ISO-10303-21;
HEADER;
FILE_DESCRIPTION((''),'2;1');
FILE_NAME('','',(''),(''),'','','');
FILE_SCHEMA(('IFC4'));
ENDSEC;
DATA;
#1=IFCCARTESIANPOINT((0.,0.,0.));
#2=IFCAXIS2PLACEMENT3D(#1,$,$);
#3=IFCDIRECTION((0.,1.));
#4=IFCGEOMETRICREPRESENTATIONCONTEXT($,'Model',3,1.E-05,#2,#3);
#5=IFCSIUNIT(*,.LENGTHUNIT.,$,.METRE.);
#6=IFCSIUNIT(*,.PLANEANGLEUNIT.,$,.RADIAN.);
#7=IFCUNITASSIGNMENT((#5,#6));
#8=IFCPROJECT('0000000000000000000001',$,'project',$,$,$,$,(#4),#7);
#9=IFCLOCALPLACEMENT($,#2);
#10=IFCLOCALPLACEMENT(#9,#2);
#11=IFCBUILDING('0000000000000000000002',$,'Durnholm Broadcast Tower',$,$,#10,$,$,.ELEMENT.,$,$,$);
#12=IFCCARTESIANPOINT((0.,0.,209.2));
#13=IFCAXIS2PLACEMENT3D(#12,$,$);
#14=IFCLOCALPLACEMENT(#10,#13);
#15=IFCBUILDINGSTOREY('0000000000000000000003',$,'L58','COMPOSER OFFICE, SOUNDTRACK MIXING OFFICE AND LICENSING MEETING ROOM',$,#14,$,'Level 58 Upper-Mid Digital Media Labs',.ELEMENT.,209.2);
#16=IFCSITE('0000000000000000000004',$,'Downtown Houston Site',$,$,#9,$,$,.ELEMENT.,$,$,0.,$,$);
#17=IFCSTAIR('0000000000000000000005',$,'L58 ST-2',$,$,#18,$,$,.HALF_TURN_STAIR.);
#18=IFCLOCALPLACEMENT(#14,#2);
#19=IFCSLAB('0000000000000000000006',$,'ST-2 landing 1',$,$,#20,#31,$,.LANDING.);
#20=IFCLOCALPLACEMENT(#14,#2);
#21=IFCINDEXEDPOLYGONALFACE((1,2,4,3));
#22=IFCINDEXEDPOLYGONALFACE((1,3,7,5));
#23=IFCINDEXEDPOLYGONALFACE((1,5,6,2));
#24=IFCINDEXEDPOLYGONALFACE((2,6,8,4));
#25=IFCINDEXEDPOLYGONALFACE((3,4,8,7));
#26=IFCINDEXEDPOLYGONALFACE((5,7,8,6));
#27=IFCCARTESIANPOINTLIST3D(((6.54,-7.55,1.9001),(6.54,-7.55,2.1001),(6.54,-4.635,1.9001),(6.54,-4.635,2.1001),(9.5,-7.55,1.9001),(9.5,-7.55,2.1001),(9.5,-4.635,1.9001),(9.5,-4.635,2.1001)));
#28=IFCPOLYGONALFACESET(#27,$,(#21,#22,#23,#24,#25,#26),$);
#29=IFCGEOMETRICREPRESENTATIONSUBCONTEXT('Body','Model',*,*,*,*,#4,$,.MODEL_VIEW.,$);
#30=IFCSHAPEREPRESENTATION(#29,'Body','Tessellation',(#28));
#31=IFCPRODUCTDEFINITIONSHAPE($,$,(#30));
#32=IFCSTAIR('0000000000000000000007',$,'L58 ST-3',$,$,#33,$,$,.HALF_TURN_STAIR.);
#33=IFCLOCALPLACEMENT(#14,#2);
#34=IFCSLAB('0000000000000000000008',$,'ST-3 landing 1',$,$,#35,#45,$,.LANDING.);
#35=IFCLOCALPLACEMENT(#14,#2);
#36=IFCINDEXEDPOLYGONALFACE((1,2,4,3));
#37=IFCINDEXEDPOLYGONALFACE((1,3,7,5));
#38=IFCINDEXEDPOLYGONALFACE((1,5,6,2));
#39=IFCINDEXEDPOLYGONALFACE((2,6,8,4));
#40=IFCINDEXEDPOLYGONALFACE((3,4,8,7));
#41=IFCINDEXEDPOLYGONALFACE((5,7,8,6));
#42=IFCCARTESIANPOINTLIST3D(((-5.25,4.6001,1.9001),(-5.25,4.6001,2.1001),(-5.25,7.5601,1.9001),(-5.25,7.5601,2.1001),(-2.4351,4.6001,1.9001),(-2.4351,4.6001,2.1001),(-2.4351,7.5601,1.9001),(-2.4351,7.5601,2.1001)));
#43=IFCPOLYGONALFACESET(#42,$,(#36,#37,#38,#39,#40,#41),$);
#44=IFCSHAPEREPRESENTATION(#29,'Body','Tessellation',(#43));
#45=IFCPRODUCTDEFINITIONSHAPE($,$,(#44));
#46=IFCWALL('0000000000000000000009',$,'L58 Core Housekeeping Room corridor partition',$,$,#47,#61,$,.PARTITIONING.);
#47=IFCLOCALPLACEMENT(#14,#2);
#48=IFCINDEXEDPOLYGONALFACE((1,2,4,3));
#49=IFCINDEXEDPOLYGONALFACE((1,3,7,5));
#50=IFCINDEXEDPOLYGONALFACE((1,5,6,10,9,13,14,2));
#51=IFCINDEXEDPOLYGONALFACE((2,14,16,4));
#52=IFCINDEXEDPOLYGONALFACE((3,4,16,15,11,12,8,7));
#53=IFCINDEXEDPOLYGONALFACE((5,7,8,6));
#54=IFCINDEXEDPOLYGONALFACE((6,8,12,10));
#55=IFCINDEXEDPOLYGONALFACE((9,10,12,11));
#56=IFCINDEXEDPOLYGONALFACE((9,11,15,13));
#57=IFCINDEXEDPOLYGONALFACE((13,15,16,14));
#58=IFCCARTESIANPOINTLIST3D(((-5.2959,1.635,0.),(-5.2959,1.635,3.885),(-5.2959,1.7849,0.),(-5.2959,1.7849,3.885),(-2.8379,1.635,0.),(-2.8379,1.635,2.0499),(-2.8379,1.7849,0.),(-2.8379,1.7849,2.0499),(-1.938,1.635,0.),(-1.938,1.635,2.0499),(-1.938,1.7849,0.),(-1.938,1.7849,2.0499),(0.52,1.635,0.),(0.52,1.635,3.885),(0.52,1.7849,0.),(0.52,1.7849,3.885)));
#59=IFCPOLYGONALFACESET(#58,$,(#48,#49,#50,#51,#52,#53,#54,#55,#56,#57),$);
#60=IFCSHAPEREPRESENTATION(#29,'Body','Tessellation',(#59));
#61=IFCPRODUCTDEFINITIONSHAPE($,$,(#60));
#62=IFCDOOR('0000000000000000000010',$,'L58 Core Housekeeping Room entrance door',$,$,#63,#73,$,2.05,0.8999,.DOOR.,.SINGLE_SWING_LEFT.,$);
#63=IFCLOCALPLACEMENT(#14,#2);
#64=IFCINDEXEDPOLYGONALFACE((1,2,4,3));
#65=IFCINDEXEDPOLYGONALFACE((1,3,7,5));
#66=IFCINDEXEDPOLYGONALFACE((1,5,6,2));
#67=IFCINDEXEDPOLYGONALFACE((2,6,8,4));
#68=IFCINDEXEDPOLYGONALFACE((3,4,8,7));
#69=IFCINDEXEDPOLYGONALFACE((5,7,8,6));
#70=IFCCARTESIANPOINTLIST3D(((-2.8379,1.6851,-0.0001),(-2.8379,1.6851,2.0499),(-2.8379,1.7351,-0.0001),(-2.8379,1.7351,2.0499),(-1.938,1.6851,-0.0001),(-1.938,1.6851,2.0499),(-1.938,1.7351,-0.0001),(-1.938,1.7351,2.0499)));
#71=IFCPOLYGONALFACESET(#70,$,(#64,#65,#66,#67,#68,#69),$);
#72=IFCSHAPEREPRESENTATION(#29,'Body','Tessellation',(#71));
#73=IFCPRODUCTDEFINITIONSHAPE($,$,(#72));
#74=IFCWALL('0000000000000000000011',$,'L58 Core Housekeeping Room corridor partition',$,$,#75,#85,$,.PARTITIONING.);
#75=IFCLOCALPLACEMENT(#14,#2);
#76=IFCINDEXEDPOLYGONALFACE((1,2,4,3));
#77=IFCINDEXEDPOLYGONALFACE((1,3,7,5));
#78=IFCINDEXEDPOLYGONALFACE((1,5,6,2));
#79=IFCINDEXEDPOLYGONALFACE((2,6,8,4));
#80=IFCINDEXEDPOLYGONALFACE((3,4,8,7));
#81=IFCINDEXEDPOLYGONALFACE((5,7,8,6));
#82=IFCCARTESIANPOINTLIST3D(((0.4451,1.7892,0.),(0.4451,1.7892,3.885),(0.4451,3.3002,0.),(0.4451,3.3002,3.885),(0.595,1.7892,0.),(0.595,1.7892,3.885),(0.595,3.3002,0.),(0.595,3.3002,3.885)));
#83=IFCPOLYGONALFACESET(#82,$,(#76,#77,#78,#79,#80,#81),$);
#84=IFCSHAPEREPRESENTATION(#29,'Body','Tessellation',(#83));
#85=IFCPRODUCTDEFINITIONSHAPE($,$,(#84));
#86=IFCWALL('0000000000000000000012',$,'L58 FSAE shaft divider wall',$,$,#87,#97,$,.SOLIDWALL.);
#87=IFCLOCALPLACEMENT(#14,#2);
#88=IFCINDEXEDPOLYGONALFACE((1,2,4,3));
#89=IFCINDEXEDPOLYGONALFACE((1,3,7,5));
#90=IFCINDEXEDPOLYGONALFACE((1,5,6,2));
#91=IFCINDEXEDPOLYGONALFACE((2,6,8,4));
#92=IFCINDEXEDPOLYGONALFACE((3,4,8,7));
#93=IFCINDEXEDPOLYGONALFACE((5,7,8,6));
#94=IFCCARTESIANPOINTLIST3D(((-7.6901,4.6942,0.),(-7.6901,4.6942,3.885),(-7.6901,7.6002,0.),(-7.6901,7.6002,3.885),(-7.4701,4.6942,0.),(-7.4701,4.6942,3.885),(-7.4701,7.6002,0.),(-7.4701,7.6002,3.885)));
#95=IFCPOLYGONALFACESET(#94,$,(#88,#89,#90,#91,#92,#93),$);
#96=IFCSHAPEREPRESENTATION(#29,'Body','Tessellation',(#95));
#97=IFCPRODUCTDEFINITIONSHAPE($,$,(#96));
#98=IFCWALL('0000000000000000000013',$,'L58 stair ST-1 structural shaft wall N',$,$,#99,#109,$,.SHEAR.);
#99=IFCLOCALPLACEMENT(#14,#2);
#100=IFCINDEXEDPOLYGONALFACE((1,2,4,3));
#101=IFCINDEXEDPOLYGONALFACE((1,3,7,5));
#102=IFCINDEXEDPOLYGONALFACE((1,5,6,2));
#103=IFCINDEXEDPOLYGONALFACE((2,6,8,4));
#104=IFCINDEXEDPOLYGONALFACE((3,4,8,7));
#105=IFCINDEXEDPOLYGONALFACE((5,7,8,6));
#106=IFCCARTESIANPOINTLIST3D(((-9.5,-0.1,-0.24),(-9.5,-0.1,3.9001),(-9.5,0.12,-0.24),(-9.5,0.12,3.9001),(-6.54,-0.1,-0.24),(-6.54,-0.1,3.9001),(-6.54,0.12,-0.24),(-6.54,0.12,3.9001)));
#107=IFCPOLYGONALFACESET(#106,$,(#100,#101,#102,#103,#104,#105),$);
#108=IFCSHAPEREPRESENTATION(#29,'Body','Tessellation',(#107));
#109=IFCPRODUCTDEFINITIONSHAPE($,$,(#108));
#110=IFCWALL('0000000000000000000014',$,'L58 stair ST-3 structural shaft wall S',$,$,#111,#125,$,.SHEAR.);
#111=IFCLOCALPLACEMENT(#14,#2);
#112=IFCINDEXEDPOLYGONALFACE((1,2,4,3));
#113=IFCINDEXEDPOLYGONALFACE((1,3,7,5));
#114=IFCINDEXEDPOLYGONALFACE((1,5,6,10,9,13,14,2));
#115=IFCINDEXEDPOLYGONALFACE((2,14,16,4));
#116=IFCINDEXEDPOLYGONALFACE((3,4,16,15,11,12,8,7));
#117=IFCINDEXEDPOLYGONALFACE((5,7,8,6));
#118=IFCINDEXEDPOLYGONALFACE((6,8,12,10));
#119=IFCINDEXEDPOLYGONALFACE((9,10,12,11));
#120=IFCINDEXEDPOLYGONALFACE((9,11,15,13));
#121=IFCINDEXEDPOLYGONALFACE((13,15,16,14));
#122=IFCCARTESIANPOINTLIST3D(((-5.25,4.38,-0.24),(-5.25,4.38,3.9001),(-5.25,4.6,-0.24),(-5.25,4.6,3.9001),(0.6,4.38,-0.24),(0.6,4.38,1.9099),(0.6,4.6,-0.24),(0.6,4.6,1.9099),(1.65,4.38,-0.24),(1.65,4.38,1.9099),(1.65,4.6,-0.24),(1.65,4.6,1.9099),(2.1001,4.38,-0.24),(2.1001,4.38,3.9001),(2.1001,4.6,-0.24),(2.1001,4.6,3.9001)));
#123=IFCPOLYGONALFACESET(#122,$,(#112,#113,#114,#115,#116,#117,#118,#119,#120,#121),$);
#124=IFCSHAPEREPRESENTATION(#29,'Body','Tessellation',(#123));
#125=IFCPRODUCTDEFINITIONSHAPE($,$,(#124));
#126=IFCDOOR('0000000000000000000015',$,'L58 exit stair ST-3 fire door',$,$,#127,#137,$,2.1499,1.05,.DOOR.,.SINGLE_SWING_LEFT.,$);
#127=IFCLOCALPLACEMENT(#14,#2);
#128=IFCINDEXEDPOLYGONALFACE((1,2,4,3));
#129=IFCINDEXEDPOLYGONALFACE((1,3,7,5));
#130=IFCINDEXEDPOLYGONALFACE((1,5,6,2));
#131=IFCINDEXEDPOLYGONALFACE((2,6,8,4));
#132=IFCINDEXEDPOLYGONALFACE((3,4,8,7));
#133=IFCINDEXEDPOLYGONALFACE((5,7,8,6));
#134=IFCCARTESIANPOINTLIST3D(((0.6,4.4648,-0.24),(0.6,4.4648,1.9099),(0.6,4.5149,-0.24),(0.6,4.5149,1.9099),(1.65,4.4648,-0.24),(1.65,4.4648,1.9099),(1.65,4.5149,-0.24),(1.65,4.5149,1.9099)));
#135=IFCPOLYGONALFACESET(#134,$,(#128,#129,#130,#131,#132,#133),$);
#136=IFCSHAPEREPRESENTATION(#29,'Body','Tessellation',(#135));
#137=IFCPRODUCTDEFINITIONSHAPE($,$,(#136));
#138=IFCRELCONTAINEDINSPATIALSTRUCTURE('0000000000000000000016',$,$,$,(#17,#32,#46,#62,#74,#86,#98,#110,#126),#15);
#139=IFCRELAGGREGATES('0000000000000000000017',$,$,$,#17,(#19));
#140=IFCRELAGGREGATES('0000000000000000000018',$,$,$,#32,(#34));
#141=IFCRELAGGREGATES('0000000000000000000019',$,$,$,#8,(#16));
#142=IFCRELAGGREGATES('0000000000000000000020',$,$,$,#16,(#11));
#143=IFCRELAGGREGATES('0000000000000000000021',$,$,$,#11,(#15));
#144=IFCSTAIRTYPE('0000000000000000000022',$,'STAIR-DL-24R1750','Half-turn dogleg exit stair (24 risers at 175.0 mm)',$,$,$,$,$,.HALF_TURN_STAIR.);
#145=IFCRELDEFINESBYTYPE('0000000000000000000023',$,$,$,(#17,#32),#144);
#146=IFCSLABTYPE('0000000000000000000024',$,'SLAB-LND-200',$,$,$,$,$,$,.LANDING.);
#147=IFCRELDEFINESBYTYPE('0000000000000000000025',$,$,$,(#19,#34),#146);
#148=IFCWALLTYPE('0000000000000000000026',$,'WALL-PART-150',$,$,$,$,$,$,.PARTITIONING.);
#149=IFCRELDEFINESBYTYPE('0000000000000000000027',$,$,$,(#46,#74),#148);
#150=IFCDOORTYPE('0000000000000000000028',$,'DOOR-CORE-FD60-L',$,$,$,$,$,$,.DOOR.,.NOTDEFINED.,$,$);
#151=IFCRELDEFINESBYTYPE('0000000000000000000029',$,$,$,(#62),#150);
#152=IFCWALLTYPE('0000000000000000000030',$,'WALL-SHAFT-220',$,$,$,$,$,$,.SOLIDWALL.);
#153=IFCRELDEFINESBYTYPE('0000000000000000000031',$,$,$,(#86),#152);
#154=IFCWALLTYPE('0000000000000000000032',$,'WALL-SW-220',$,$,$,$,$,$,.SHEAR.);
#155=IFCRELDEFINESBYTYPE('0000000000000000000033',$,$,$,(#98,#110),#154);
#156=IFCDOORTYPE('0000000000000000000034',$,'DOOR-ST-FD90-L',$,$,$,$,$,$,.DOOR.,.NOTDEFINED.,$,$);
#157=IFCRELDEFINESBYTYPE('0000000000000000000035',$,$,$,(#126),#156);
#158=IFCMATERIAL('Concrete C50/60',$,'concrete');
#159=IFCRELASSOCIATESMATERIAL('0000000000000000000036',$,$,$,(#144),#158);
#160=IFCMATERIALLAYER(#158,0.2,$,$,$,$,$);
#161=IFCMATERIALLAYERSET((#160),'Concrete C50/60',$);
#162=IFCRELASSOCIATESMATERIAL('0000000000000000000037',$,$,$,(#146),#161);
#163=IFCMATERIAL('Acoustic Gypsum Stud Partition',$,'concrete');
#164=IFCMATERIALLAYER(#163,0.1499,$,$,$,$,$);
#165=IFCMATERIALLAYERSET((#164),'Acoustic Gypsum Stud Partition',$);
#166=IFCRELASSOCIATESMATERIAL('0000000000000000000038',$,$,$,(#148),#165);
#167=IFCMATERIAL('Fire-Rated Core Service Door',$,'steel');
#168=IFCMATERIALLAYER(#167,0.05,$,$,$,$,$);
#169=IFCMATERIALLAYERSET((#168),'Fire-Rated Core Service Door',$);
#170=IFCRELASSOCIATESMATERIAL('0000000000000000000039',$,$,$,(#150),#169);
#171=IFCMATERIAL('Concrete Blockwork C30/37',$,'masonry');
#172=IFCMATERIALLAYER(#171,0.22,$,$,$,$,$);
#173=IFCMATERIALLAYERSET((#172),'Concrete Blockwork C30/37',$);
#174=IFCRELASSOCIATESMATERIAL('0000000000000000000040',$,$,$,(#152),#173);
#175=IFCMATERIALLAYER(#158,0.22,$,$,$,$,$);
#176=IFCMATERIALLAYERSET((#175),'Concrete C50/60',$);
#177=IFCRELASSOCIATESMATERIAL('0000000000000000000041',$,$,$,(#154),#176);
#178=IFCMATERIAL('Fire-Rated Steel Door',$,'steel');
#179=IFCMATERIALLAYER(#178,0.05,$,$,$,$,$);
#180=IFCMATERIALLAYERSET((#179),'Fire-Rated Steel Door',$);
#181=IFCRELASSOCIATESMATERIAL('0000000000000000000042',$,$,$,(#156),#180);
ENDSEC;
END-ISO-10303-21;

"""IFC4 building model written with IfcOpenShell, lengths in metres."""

from ifc_helpers import new_model, si_unit, direction, frame, frame_2d, origin, place, context, subcontext, project, spatial, polyline, rectangle, outline, extrude, source, transform, mapped, material, layer, layer_set, type_object, type_shapes, element, fill, aggregate, save


model = new_model("IFC4")

# Units and contexts
model_context = context("Model", 3, precision=1e-05, world=origin(), true_north=direction((0.0, 1.0)))
body_context = subcontext(model_context, "Body", "Model", "MODEL_VIEW")
ifc_project = project(units=[si_unit("LENGTHUNIT", "METRE"), si_unit("PLANEANGLEUNIT", "RADIAN")], contexts=[model_context])

# Site, building, storey
site_placement = place(None, origin())
site = spatial("IfcSite", under=ifc_project, at=site_placement, Name="Downtown Houston Site", CompositionType="ELEMENT", RefElevation=0.0)
building_placement = place(site_placement, origin())
building = spatial("IfcBuilding", under=site, at=building_placement, Name="Durnholm Broadcast Tower", CompositionType="ELEMENT")
storey_placement = place(building_placement, frame((0.0, 0.0, 209.2)))
storey = spatial("IfcBuildingStorey", under=building, at=storey_placement, Name="L58", Description="COMPOSER OFFICE, SOUNDTRACK MIXING OFFICE AND LICENSING MEETING ROOM", LongName="Level 58 Upper-Mid Digital Media Labs", CompositionType="ELEMENT", Elevation=209.2)

# Stairs, slabs
ifc_material_1 = material(Name="Concrete C50/60", Category="concrete")
stair_type = type_object("IfcStairType", Name="STAIR-DL-24R1750", Description="Half-turn dogleg exit stair (24 risers at 175.0 mm)", PredefinedType="HALF_TURN_STAIR", material=ifc_material_1)
stair_1_placement = place(storey_placement, origin())
stair_1 = element("IfcStair", 1, at=stair_1_placement, inside=storey, type_object=stair_type, Name="L58 ST-2", PredefinedType="HALF_TURN_STAIR")
ifc_layer_1 = layer(ifc_material_1, 0.2)
ifc_layer_set_1 = layer_set([ifc_layer_1], Name="Concrete C50/60")
slab_type = type_object("IfcSlabType", Name="SLAB-LND-200", PredefinedType="LANDING", material=ifc_layer_set_1)
slab_1_placement = place(storey_placement, frame((0.0, 0.0, 1.9001)))
slab_1 = element("IfcSlab", 2, at=slab_1_placement, type_object=slab_type, Name="ST-2 landing 1", PredefinedType="LANDING", context=body_context, shape_type="SweptSolid", body=[
    extrude(outline(polyline([(6.54, -4.635), (6.54, -7.55), (9.5, -7.55), (9.5, -4.635), (6.54, -4.635)])), origin(), (0.0, 0.0, 1.0), 0.2),
])
aggregate(stair_1, [slab_1])
stair_2_placement = place(storey_placement, origin())
stair_2 = element("IfcStair", 3, at=stair_2_placement, inside=storey, type_object=stair_type, Name="L58 ST-3", PredefinedType="HALF_TURN_STAIR")
slab_2_placement = place(storey_placement, frame((0.0, 0.0, 1.9001)))
slab_2 = element("IfcSlab", 4, at=slab_2_placement, type_object=slab_type, Name="ST-3 landing 1", PredefinedType="LANDING", context=body_context, shape_type="SweptSolid", body=[
    extrude(outline(polyline([(-2.4351, 7.5601), (-5.25, 7.5601), (-5.25, 4.6001), (-2.4351, 4.6001), (-2.4351, 7.5601)])), origin(), (0.0, 0.0, 1.0), 0.2),
])

# Wall, opening, door
ifc_material_2 = material(Name="Acoustic Gypsum Stud Partition", Category="concrete")
ifc_layer_2 = layer(ifc_material_2, 0.1499)
ifc_layer_set_2 = layer_set([ifc_layer_2], Name="Acoustic Gypsum Stud Partition")
wall_type_1 = type_object("IfcWallType", Name="WALL-PART-150", PredefinedType="PARTITIONING", material=ifc_layer_set_2)
wall_1_placement = place(storey_placement, frame((0.52, 1.71, 0.0), z_axis=(0.0, 0.0, 1.0), x_axis=(-1.0, 0.0, 0.0)))
wall_1 = element("IfcWall", 5, at=wall_1_placement, inside=storey, type_object=wall_type_1, Name="L58 Core Housekeeping Room corridor partition", PredefinedType="PARTITIONING", context=body_context, shape_type="SweptSolid", body=[
    extrude(rectangle(XDim=5.8159, YDim=0.1499, at=frame_2d((2.908, 0.0))), origin(), (0.0, 0.0, 1.0), 3.885),
])
opening_1_placement = place(wall_1_placement, frame((2.458, 0.0, 0.0)))
opening_1 = element("IfcOpeningElement", 6, at=opening_1_placement, cuts=wall_1, PredefinedType="OPENING", context=body_context, shape_type="SweptSolid", body=[
    extrude(rectangle(XDim=0.8999, YDim=2.05, at=frame_2d((0.45, 1.0249))), frame((0.0, 0.085, 0.0), z_axis=(0.0, -1.0, 0.0), x_axis=(1.0, 0.0, 0.0)), (0.0, 0.0, 1.0), 0.1699),
])
ifc_material_3 = material(Name="Fire-Rated Core Service Door", Category="steel")
ifc_layer_3 = layer(ifc_material_3, 0.05)
ifc_layer_set_3 = layer_set([ifc_layer_3], Name="Fire-Rated Core Service Door")
door_type_1 = type_object("IfcDoorType", Name="DOOR-CORE-FD60-L", OperationType="NOTDEFINED", PredefinedType="DOOR", material=ifc_layer_set_3)
shared_shape_1 = source(origin(), body_context, "Body", "SweptSolid", [
    extrude(rectangle(XDim=0.8999, YDim=2.05, at=frame_2d((0.45, 1.0249))), frame((0.0, 0.0249, 0.0), z_axis=(0.0, -1.0, 0.0), x_axis=(1.0, 0.0, 0.0)), (0.0, 0.0, 1.0), 0.05),
])
type_shapes(door_type_1, [shared_shape_1])
door_1_placement = place(opening_1_placement, origin())
door_1 = element("IfcDoor", 7, at=door_1_placement, inside=storey, type_object=door_type_1, Name="L58 Core Housekeeping Room entrance door", OperationType="SINGLE_SWING_LEFT", OverallHeight=2.05, OverallWidth=0.8999, PredefinedType="DOOR", context=body_context, shape_type="MappedRepresentation", body=[
    mapped(shared_shape_1, transform((0.0, 0.0, 0.0), x_axis=(1.0, 0.0, 0.0), y_axis=(0.0, 1.0, 0.0), z_axis=(0.0, 0.0, 1.0), scale=1.0)),
])
fill(opening_1, door_1)

# Walls
wall_2_placement = place(storey_placement, frame((0.52, 3.3, 0.0), z_axis=(0.0, 0.0, 1.0), x_axis=(0.0, -1.0, 0.0)))
element("IfcWall", 8, at=wall_2_placement, inside=storey, type_object=wall_type_1, Name="L58 Core Housekeeping Room corridor partition", PredefinedType="PARTITIONING", context=body_context, shape_type="SweptSolid", body=[
    extrude(rectangle(XDim=1.511, YDim=0.1499, at=frame_2d((0.7554, 0.0))), origin(), (0.0, 0.0, 1.0), 3.885),
])
ifc_material_4 = material(Name="Concrete Blockwork C30/37", Category="masonry")
ifc_layer_4 = layer(ifc_material_4, 0.22)
ifc_layer_set_4 = layer_set([ifc_layer_4], Name="Concrete Blockwork C30/37")
wall_type_2 = type_object("IfcWallType", Name="WALL-SHAFT-220", PredefinedType="SOLIDWALL", material=ifc_layer_set_4)
wall_3_placement = place(storey_placement, frame((-7.5801, 4.6941, 0.0), z_axis=(0.0, 0.0, 1.0), x_axis=(0.0, 1.0, 0.0)))
element("IfcWall", 9, at=wall_3_placement, inside=storey, type_object=wall_type_2, Name="L58 FSAE shaft divider wall", PredefinedType="SOLIDWALL", context=body_context, shape_type="SweptSolid", body=[
    extrude(rectangle(XDim=2.906, YDim=0.22, at=frame_2d((1.4531, 0.0))), origin(), (0.0, 0.0, 1.0), 3.885),
])
ifc_layer_5 = layer(ifc_material_1, 0.22)
ifc_layer_set_5 = layer_set([ifc_layer_5], Name="Concrete C50/60")
wall_type_3 = type_object("IfcWallType", Name="WALL-SW-220", PredefinedType="SHEAR", material=ifc_layer_set_5)
wall_4_placement = place(storey_placement, frame((-6.54, 0.01, -0.24), z_axis=(0.0, 0.0, 1.0), x_axis=(-1.0, 0.0, 0.0)))
element("IfcWall", 10, at=wall_4_placement, inside=storey, type_object=wall_type_3, Name="L58 stair ST-1 structural shaft wall N", PredefinedType="SHEAR", context=body_context, shape_type="SweptSolid", body=[
    extrude(rectangle(XDim=2.96, YDim=0.22, at=frame_2d((1.48, 0.0))), origin(), (0.0, 0.0, 1.0), 4.1401),
])

# Wall, opening, door
wall_5_placement = place(storey_placement, frame((-5.25, 4.49, -0.24), z_axis=(0.0, 0.0, 1.0), x_axis=(1.0, 0.0, 0.0)))
wall_5 = element("IfcWall", 11, at=wall_5_placement, inside=storey, type_object=wall_type_3, Name="L58 stair ST-3 structural shaft wall S", PredefinedType="SHEAR", context=body_context, shape_type="SweptSolid", body=[
    extrude(rectangle(XDim=7.3501, YDim=0.22, at=frame_2d((3.675, 0.0))), origin(), (0.0, 0.0, 1.0), 4.1401),
])
opening_2_placement = place(wall_5_placement, frame((5.8501, 0.0, 0.0)))
opening_2 = element("IfcOpeningElement", 12, at=opening_2_placement, cuts=wall_5, PredefinedType="OPENING", context=body_context, shape_type="SweptSolid", body=[
    extrude(rectangle(XDim=1.05, YDim=2.1499, at=frame_2d((0.5249, 1.075))), frame((0.0, 0.1201, 0.0), z_axis=(0.0, -1.0, 0.0), x_axis=(1.0, 0.0, 0.0)), (0.0, 0.0, 1.0), 0.24),
])
ifc_material_5 = material(Name="Fire-Rated Steel Door", Category="steel")
ifc_layer_6 = layer(ifc_material_5, 0.05)
ifc_layer_set_6 = layer_set([ifc_layer_6], Name="Fire-Rated Steel Door")
door_type_2 = type_object("IfcDoorType", Name="DOOR-ST-FD90-L", OperationType="NOTDEFINED", PredefinedType="DOOR", material=ifc_layer_set_6)
shared_shape_2 = source(origin(), body_context, "Body", "SweptSolid", [
    extrude(rectangle(XDim=1.05, YDim=2.1499, at=frame_2d((0.5249, 1.075))), frame((0.0, 0.0249, 0.0), z_axis=(0.0, -1.0, 0.0), x_axis=(1.0, 0.0, 0.0)), (0.0, 0.0, 1.0), 0.05),
])
type_shapes(door_type_2, [shared_shape_2])
door_2_placement = place(opening_2_placement, origin())
door_2 = element("IfcDoor", 13, at=door_2_placement, inside=storey, type_object=door_type_2, Name="L58 exit stair ST-3 fire door", OperationType="SINGLE_SWING_LEFT", OverallHeight=2.1499, OverallWidth=1.05, PredefinedType="DOOR", context=body_context, shape_type="MappedRepresentation", body=[
    mapped(shared_shape_2, transform((0.0, 0.0, 0.0), x_axis=(1.0, 0.0, 0.0), y_axis=(0.0, 1.0, 0.0), z_axis=(0.0, 0.0, 1.0), scale=1.0)),
])
fill(opening_2, door_2)

aggregate(stair_2, [slab_2])

save(model, "model.ifc")
